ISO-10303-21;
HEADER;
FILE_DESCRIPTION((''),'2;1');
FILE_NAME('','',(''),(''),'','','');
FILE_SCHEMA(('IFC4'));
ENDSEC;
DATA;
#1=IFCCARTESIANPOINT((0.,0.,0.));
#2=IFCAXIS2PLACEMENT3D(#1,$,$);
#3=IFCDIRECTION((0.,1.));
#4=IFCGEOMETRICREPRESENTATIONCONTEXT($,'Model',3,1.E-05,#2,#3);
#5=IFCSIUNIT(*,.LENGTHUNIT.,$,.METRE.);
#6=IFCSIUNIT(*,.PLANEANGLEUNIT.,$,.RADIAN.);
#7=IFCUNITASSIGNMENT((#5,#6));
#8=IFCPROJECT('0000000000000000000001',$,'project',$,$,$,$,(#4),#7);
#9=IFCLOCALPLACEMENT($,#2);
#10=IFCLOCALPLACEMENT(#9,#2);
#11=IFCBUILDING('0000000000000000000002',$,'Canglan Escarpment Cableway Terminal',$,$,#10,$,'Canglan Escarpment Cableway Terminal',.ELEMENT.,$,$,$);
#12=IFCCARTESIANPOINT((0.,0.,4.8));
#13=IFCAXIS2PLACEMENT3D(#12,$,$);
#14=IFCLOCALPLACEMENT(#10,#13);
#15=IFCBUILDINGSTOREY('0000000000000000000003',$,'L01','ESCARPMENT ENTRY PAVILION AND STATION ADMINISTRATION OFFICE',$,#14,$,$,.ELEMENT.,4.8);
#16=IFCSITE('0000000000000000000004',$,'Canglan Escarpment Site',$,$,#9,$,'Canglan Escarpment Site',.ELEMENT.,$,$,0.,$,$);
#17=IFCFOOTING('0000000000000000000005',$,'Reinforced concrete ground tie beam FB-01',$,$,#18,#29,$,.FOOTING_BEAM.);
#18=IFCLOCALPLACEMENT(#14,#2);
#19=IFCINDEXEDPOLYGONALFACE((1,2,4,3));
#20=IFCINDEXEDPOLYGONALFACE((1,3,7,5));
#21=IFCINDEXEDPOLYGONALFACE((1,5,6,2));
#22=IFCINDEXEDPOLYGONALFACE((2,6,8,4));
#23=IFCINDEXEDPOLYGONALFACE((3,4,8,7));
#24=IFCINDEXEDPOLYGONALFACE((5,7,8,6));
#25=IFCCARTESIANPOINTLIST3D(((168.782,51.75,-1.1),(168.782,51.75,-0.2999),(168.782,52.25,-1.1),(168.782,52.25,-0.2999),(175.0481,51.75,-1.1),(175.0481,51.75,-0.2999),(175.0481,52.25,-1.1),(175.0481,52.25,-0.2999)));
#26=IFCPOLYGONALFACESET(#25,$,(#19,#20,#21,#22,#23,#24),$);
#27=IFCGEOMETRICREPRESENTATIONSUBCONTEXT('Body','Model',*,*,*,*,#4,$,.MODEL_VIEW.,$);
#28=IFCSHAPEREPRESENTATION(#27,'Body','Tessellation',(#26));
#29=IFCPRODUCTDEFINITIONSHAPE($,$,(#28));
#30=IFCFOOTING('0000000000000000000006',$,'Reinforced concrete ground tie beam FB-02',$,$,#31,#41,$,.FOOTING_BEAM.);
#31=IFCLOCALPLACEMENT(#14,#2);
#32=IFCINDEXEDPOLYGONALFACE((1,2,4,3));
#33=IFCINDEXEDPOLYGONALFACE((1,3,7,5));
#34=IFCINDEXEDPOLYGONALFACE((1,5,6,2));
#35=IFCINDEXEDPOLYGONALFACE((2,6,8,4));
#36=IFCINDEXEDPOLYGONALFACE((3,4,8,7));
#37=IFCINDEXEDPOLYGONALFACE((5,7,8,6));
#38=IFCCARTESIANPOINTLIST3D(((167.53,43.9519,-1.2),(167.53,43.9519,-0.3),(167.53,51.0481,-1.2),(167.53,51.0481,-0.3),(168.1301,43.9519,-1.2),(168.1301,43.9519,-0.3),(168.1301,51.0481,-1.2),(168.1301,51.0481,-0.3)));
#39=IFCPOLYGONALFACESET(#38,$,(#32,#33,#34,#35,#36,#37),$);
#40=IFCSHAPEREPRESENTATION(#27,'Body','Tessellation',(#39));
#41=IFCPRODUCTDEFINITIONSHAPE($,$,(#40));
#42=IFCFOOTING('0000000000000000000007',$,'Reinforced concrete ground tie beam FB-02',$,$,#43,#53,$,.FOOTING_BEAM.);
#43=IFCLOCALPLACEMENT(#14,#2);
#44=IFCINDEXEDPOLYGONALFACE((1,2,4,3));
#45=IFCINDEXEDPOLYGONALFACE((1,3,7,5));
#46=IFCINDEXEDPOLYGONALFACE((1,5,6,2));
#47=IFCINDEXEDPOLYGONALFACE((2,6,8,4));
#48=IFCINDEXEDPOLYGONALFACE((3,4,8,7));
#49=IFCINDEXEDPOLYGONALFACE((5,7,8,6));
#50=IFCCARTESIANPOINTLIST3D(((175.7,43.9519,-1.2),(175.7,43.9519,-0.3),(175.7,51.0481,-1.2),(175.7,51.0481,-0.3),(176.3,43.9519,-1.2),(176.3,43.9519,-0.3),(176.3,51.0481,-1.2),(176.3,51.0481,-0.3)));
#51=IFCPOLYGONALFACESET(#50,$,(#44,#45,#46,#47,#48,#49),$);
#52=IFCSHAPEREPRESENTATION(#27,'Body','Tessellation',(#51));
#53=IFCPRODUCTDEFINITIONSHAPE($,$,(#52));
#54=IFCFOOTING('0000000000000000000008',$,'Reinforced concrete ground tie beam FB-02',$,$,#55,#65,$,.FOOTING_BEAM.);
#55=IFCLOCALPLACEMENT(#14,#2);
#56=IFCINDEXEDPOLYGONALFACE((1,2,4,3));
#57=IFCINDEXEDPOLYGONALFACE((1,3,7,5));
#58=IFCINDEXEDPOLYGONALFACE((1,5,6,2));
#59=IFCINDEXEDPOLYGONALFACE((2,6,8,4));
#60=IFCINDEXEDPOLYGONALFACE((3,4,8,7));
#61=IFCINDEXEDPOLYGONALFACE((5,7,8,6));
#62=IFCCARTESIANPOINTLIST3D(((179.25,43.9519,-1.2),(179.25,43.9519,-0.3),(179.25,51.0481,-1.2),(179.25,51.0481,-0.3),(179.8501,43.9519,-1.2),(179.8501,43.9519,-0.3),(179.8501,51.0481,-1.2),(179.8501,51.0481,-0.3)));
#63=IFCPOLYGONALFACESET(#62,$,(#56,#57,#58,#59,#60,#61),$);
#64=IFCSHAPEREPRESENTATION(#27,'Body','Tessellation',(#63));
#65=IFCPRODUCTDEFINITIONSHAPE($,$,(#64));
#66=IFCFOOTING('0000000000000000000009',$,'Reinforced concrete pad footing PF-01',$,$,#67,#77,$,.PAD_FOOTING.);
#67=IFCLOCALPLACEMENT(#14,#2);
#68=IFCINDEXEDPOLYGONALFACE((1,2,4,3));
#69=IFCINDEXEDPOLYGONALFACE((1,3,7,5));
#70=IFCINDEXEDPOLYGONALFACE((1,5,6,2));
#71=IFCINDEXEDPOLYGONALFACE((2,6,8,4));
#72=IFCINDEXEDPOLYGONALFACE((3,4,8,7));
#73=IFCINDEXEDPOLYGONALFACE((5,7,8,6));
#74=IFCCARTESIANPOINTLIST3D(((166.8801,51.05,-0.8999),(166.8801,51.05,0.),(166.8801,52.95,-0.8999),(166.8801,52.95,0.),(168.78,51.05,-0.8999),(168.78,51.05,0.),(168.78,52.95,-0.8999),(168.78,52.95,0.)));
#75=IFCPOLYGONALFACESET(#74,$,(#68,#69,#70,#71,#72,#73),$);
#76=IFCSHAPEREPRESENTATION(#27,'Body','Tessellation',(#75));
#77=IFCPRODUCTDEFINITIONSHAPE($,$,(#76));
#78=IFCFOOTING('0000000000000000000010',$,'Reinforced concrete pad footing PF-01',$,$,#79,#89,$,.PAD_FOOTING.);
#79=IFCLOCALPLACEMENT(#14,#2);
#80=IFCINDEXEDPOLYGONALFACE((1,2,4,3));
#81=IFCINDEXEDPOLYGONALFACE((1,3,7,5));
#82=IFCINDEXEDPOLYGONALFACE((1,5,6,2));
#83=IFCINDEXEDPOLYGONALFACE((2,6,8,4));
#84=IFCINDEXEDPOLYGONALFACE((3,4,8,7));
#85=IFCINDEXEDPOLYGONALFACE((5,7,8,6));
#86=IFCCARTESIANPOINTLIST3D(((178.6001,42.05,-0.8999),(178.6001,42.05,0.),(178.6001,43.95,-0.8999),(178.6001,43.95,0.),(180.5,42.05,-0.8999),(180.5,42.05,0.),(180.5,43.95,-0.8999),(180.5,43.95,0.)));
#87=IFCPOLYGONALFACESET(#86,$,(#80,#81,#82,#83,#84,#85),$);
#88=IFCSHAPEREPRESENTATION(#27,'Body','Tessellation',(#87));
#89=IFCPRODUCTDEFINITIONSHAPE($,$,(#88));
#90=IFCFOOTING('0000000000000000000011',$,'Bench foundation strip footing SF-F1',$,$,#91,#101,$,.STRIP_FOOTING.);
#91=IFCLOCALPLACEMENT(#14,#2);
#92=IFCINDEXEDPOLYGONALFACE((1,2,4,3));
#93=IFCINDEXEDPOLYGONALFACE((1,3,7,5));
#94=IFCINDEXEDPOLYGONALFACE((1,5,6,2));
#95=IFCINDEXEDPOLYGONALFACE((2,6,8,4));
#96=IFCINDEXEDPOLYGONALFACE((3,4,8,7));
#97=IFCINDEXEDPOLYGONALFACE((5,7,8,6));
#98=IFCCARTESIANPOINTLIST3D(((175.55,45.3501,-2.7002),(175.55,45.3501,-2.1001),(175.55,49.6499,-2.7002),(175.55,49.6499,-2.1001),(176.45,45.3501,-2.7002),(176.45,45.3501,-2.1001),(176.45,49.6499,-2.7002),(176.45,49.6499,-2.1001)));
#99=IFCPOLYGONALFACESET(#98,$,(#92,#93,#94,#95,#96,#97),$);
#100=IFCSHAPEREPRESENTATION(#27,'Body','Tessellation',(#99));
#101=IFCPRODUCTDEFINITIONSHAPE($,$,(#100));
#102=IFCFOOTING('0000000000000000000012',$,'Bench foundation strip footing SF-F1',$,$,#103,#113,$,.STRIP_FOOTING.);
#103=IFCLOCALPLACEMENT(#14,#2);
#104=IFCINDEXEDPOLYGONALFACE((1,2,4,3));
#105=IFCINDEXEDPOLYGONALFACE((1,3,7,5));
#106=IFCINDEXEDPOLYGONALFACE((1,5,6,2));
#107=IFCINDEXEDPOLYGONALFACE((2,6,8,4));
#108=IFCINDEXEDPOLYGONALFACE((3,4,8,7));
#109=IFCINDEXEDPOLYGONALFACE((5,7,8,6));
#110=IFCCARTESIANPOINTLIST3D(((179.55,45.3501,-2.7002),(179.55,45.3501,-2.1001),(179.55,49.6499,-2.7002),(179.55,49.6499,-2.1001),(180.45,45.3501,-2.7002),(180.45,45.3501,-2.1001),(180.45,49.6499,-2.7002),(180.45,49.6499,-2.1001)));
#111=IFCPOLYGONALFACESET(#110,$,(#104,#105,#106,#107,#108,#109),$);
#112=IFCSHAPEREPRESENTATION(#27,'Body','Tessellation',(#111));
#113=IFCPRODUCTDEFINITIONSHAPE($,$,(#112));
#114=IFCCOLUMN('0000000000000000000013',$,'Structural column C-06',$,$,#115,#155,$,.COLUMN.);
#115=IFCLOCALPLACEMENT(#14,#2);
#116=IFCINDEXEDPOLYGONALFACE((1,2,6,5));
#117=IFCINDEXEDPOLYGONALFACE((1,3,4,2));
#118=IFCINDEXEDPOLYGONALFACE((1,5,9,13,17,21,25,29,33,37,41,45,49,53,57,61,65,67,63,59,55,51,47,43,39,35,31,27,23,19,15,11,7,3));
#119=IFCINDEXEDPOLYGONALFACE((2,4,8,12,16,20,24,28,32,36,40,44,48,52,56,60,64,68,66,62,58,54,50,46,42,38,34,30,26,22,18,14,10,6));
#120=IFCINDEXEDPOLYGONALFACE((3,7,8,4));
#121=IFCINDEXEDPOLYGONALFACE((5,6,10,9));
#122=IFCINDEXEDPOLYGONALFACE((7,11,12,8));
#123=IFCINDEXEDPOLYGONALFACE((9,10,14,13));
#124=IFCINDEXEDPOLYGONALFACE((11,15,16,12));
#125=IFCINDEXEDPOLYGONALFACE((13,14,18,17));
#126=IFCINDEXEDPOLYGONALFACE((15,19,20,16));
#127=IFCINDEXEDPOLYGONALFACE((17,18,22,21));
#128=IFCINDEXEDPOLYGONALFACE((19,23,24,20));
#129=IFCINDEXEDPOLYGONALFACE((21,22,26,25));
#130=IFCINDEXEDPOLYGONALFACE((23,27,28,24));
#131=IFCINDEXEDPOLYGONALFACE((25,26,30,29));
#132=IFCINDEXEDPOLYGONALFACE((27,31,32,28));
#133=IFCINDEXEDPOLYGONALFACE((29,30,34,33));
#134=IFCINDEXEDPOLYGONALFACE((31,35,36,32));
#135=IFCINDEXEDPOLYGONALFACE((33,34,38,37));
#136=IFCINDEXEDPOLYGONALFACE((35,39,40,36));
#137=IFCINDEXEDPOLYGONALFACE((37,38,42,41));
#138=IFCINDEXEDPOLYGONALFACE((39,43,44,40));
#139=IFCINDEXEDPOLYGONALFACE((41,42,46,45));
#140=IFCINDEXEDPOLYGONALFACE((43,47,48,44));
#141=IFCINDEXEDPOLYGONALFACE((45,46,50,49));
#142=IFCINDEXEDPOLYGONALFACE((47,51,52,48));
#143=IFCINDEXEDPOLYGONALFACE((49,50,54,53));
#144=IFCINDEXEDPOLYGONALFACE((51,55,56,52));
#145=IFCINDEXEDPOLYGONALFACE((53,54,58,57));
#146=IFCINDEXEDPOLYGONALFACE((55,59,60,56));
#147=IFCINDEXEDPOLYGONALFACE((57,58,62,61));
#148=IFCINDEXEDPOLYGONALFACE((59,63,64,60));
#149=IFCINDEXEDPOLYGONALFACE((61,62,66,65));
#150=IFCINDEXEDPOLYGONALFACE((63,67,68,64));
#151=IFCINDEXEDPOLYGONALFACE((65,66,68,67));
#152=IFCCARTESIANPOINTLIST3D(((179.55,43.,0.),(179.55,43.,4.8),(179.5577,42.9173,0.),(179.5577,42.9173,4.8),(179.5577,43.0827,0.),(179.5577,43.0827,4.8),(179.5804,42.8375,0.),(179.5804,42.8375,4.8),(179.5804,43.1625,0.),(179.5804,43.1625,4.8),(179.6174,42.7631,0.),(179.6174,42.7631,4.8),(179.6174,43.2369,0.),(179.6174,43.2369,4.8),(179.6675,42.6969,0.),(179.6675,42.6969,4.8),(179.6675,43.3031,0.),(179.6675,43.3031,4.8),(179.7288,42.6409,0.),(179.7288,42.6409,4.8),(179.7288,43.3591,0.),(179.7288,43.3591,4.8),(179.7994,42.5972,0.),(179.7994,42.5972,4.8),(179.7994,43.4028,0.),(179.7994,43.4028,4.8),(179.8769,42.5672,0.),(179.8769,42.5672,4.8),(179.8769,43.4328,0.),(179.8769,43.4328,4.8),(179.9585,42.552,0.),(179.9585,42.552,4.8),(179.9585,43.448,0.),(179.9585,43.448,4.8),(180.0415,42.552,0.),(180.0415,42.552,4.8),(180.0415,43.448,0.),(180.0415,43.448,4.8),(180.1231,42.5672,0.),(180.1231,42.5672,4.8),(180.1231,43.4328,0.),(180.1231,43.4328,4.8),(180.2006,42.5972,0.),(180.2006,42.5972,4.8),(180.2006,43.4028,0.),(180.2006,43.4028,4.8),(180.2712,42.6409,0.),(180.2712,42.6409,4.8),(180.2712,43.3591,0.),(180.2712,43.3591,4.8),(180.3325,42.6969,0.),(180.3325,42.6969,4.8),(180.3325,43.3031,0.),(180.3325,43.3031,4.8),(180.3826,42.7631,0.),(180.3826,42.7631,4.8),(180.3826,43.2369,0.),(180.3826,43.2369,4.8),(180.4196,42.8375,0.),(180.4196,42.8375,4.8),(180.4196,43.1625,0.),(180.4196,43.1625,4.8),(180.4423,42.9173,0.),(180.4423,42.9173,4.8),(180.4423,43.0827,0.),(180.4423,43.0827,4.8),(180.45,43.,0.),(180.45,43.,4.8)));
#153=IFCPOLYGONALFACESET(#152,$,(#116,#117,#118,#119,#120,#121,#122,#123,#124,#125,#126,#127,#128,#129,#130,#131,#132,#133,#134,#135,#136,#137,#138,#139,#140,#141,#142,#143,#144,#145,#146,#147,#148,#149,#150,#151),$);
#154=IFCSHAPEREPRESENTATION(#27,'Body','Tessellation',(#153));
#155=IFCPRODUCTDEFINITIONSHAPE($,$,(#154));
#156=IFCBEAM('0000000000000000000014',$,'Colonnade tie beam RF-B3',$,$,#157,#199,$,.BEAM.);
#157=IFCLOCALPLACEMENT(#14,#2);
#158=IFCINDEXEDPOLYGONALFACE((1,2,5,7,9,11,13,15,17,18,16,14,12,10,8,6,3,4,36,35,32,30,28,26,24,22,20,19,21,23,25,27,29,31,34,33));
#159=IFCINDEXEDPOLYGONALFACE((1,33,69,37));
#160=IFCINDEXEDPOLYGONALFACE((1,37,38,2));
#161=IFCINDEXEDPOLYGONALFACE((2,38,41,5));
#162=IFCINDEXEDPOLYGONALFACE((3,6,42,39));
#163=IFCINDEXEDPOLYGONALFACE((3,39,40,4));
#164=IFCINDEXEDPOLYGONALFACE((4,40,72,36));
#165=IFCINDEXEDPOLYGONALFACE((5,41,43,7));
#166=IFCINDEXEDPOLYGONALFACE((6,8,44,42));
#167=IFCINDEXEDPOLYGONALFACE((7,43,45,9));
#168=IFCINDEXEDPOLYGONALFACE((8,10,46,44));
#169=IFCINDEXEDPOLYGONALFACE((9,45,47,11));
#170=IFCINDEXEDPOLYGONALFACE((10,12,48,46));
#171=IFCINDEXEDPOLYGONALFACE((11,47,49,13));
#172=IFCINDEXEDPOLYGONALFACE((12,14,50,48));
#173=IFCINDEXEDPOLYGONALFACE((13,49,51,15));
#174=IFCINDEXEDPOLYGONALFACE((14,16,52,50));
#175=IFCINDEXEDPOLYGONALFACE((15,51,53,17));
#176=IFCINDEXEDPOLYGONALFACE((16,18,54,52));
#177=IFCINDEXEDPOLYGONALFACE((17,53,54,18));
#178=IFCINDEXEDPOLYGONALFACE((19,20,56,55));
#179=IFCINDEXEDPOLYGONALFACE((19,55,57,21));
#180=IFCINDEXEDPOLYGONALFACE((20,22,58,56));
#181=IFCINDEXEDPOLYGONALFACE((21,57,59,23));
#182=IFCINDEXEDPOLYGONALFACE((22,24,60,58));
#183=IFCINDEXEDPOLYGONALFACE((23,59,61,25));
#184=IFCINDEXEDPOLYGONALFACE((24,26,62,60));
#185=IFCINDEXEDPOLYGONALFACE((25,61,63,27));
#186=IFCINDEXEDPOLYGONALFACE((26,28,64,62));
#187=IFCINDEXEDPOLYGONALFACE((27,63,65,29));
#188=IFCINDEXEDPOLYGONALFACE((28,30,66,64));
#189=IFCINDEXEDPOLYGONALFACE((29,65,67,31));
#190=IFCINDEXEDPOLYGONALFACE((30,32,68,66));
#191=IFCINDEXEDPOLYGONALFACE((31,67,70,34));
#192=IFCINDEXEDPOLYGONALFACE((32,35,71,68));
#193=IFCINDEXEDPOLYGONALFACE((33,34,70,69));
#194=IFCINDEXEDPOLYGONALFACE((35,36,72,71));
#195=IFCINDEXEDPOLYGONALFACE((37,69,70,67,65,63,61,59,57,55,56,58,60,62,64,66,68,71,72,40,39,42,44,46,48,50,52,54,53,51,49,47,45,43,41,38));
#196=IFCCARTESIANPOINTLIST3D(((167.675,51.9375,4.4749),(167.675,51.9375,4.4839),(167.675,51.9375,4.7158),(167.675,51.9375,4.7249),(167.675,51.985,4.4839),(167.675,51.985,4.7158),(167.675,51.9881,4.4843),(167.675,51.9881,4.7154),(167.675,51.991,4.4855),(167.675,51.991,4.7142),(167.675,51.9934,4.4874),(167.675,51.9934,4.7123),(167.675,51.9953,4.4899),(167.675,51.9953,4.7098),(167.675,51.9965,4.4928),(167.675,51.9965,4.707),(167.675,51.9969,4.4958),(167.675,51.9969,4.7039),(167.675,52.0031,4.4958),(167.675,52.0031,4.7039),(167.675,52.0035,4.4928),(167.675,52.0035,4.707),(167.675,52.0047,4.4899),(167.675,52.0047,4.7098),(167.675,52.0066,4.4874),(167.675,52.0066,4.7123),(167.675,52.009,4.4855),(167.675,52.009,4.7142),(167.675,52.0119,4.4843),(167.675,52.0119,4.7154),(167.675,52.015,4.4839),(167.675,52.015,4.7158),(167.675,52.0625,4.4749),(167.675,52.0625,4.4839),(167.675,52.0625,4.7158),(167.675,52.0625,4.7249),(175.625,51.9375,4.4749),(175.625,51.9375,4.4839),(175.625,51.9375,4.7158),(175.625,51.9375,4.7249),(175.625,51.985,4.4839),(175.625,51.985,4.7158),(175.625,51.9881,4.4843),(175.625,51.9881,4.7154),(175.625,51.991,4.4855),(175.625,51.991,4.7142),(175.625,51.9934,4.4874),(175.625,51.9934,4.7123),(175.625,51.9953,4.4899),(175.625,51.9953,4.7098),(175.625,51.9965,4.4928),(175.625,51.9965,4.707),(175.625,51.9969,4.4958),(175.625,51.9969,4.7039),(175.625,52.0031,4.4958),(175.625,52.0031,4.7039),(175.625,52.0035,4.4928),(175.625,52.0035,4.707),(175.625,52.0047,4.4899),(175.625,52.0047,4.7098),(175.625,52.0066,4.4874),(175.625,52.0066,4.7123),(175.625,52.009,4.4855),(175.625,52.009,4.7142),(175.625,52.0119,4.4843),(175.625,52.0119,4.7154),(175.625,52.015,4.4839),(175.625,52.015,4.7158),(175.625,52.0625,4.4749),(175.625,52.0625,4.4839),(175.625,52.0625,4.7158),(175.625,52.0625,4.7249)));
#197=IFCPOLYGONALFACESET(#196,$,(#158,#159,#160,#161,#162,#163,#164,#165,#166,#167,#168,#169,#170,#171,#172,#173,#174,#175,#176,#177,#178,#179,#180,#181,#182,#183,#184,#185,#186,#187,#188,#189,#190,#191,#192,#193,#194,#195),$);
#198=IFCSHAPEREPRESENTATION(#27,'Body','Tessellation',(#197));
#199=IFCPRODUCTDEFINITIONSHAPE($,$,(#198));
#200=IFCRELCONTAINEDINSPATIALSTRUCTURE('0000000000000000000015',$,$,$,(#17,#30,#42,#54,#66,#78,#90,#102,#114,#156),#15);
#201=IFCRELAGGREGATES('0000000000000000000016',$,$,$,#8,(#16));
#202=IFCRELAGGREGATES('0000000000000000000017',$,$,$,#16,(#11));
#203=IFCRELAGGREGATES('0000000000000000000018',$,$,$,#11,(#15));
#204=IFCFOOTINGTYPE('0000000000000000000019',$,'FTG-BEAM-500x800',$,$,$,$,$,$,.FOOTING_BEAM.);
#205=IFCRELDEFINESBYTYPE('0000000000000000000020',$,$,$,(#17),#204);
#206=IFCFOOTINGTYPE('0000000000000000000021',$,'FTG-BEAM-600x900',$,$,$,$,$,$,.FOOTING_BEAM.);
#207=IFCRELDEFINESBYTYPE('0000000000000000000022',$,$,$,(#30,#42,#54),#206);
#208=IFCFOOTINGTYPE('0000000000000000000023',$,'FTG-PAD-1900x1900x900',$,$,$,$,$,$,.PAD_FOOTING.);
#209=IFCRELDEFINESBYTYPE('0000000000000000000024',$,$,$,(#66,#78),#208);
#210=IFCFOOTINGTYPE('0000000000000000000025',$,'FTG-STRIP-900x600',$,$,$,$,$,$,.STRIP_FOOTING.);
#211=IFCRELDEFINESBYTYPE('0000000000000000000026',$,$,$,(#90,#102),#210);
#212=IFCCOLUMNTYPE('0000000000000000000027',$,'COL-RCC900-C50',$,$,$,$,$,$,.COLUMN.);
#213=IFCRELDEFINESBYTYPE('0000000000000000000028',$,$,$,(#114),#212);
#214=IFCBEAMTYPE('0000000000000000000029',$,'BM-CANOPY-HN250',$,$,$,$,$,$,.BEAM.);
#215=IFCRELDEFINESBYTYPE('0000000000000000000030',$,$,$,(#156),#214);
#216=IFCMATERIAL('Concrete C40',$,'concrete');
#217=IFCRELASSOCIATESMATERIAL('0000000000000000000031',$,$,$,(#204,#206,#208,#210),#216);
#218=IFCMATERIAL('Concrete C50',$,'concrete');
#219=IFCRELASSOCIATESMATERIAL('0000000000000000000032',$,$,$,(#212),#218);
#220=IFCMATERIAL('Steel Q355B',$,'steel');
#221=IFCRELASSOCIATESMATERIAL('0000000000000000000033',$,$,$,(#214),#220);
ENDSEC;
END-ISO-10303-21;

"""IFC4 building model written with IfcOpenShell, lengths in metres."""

from ifc_helpers import new_model, si_unit, direction, frame, origin, origin_2d, place, context, subcontext, project, spatial, rectangle, circle, i_section, extrude, material, material_profile, profile_set, type_object, element, save


model = new_model("IFC4")

# Units and contexts
model_context = context("Model", 3, precision=1e-05, world=origin(), true_north=direction((0.0, 1.0)))
body_context = subcontext(model_context, "Body", "Model", "MODEL_VIEW")
ifc_project = project(units=[si_unit("LENGTHUNIT", "METRE"), si_unit("PLANEANGLEUNIT", "RADIAN")], contexts=[model_context])

# Site, building, storey
site_placement = place(None, origin())
site = spatial("IfcSite", under=ifc_project, at=site_placement, Name="Canglan Escarpment Site", LongName="Canglan Escarpment Site", CompositionType="ELEMENT", RefElevation=0.0)
building_placement = place(site_placement, origin())
building = spatial("IfcBuilding", under=site, at=building_placement, Name="Canglan Escarpment Cableway Terminal", LongName="Canglan Escarpment Cableway Terminal", CompositionType="ELEMENT")
storey_placement = place(building_placement, frame((0.0, 0.0, 4.8)))
storey = spatial("IfcBuildingStorey", under=building, at=storey_placement, Name="L01", Description="ESCARPMENT ENTRY PAVILION AND STATION ADMINISTRATION OFFICE", CompositionType="ELEMENT", Elevation=4.8)

# Footings
ifc_material_1 = material(Name="Concrete C40", Category="concrete")
ifc_material_profile_1 = material_profile(ifc_material_1, rectangle(XDim=0.5, YDim=0.8, at=origin_2d()), Name="FB 500x800")
ifc_profile_set_1 = profile_set([ifc_material_profile_1], Name="Concrete C40")
footing_type_1 = type_object("IfcFootingType", Name="FTG-BEAM-500x800", PredefinedType="FOOTING_BEAM", material=ifc_profile_set_1)
footing_placement = place(storey_placement, frame((168.782, 52.0, -0.7), z_axis=(1.0, 0.0, 0.0), x_axis=(0.0, 1.0, 0.0)))
element("IfcFooting", 1, at=footing_placement, inside=storey, type_object=footing_type_1, Name="Reinforced concrete ground tie beam FB-01", PredefinedType="FOOTING_BEAM", context=body_context, shape_type="SweptSolid", body=[
    extrude(rectangle(XDim=0.5, YDim=0.8, at=origin_2d()), origin(), (0.0, 0.0, 1.0), 6.2661),
])
ifc_material_profile_2 = material_profile(ifc_material_1, rectangle(XDim=0.6001, YDim=0.8999, at=origin_2d()), Name="FB 600x900")
ifc_profile_set_2 = profile_set([ifc_material_profile_2], Name="Concrete C40")
footing_type_2 = type_object("IfcFootingType", Name="FTG-BEAM-600x900", PredefinedType="FOOTING_BEAM", material=ifc_profile_set_2)
for number, where, z_axis, x_axis, name in (
    (2, (167.8301, 43.9519, -0.75), (0.0, 1.0, 0.0), (-1.0, 0.0, 0.0), "Reinforced concrete ground tie beam FB-02"),
    (3, (176.0, 43.9519, -0.75), (0.0, 1.0, 0.0), (-1.0, 0.0, 0.0), "Reinforced concrete ground tie beam FB-02"),
    (4, (179.55, 43.9519, -0.75), (0.0, 1.0, 0.0), (-1.0, 0.0, 0.0), "Reinforced concrete ground tie beam FB-02"),
):
    element("IfcFooting", number, at=place(storey_placement, frame(where, z_axis=z_axis, x_axis=x_axis)), inside=storey, type_object=footing_type_2, Name=name, PredefinedType="FOOTING_BEAM", context=body_context, shape_type="SweptSolid", body=[
        extrude(rectangle(XDim=0.6001, YDim=0.8999, at=origin_2d()), origin(), (0.0, 0.0, 1.0), 7.0962),
    ])
footing_type_3 = type_object("IfcFootingType", Name="FTG-PAD-1900x1900x900", PredefinedType="PAD_FOOTING", material=ifc_material_1)
for number, where, z_axis, x_axis, name in (
    (5, (167.8301, 52.0, -0.8999), (0.0, 0.0, 1.0), (1.0, 0.0, 0.0), "Reinforced concrete pad footing PF-01"),
    (6, (179.55, 43.0, -0.8999), (0.0, 0.0, 1.0), (1.0, 0.0, 0.0), "Reinforced concrete pad footing PF-01"),
):
    element("IfcFooting", number, at=place(storey_placement, frame(where, z_axis=z_axis, x_axis=x_axis)), inside=storey, type_object=footing_type_3, Name=name, PredefinedType="PAD_FOOTING", context=body_context, shape_type="SweptSolid", body=[
        extrude(rectangle(XDim=1.8999, YDim=1.8999, at=origin_2d()), origin(), (0.0, 0.0, 1.0), 0.8999),
    ])
ifc_material_profile_3 = material_profile(ifc_material_1, rectangle(XDim=0.8999, YDim=0.6001, at=origin_2d()), Name="SF 900x600")
ifc_profile_set_3 = profile_set([ifc_material_profile_3], Name="Concrete C40")
footing_type_4 = type_object("IfcFootingType", Name="FTG-STRIP-900x600", PredefinedType="STRIP_FOOTING", material=ifc_profile_set_3)
for number, where, z_axis, x_axis, name in (
    (7, (176.0, 45.3501, -2.4001), (0.0, 1.0, 0.0), (-1.0, 0.0, 0.0), "Bench foundation strip footing SF-F1"),
    (8, (180.0, 45.3501, -2.4001), (0.0, 1.0, 0.0), (-1.0, 0.0, 0.0), "Bench foundation strip footing SF-F1"),
):
    element("IfcFooting", number, at=place(storey_placement, frame(where, z_axis=z_axis, x_axis=x_axis)), inside=storey, type_object=footing_type_4, Name=name, PredefinedType="STRIP_FOOTING", context=body_context, shape_type="SweptSolid", body=[
        extrude(rectangle(XDim=0.8999, YDim=0.6001, at=origin_2d()), origin(), (0.0, 0.0, 1.0), 4.2998),
    ])

# Column
ifc_material_2 = material(Name="Concrete C50", Category="concrete")
ifc_material_profile_4 = material_profile(ifc_material_2, circle(Radius=0.45, at=origin_2d()), Name="RC-CIRC D900")
ifc_profile_set_4 = profile_set([ifc_material_profile_4], Name="Concrete C50")
column_type = type_object("IfcColumnType", Name="COL-RCC900-C50", PredefinedType="COLUMN", material=ifc_profile_set_4)
column_placement = place(storey_placement, frame((180.0, 43.0, 0.0), z_axis=(0.0, 0.0, 1.0), x_axis=(1.0, 0.0, 0.0)))
element("IfcColumn", 9, at=column_placement, inside=storey, type_object=column_type, Name="Structural column C-06", PredefinedType="COLUMN", context=body_context, shape_type="SweptSolid", body=[
    extrude(circle(Radius=0.45, at=origin_2d()), origin(), (0.0, 0.0, 1.0), 4.8),
])

# Beam
ifc_material_3 = material(Name="Steel Q355B", Category="steel")
ifc_material_profile_5 = material_profile(ifc_material_3, i_section(OverallWidth=0.125, OverallDepth=0.25, WebThickness=0.0061, FlangeThickness=0.009, FilletRadius=0.012, at=origin_2d()), Name="HN 250x125x6x9")
ifc_profile_set_5 = profile_set([ifc_material_profile_5], Name="Steel Q355B")
beam_type_1 = type_object("IfcBeamType", Name="BM-CANOPY-HN250", PredefinedType="BEAM", material=ifc_profile_set_5)
beam_1_placement = place(storey_placement, frame((167.675, 52.0, 4.5999), z_axis=(1.0, 0.0, 0.0), x_axis=(0.0, 1.0, 0.0)))
element("IfcBeam", 10, at=beam_1_placement, inside=storey, type_object=beam_type_1, Name="Colonnade tie beam RF-B3", PredefinedType="BEAM", context=body_context, shape_type="SweptSolid", body=[
    extrude(i_section(OverallWidth=0.125, OverallDepth=0.25, WebThickness=0.0061, FlangeThickness=0.009, FilletRadius=0.012, at=origin_2d()), origin(), (0.0, 0.0, 1.0), 7.95),
])

save(model, "model.ifc")
